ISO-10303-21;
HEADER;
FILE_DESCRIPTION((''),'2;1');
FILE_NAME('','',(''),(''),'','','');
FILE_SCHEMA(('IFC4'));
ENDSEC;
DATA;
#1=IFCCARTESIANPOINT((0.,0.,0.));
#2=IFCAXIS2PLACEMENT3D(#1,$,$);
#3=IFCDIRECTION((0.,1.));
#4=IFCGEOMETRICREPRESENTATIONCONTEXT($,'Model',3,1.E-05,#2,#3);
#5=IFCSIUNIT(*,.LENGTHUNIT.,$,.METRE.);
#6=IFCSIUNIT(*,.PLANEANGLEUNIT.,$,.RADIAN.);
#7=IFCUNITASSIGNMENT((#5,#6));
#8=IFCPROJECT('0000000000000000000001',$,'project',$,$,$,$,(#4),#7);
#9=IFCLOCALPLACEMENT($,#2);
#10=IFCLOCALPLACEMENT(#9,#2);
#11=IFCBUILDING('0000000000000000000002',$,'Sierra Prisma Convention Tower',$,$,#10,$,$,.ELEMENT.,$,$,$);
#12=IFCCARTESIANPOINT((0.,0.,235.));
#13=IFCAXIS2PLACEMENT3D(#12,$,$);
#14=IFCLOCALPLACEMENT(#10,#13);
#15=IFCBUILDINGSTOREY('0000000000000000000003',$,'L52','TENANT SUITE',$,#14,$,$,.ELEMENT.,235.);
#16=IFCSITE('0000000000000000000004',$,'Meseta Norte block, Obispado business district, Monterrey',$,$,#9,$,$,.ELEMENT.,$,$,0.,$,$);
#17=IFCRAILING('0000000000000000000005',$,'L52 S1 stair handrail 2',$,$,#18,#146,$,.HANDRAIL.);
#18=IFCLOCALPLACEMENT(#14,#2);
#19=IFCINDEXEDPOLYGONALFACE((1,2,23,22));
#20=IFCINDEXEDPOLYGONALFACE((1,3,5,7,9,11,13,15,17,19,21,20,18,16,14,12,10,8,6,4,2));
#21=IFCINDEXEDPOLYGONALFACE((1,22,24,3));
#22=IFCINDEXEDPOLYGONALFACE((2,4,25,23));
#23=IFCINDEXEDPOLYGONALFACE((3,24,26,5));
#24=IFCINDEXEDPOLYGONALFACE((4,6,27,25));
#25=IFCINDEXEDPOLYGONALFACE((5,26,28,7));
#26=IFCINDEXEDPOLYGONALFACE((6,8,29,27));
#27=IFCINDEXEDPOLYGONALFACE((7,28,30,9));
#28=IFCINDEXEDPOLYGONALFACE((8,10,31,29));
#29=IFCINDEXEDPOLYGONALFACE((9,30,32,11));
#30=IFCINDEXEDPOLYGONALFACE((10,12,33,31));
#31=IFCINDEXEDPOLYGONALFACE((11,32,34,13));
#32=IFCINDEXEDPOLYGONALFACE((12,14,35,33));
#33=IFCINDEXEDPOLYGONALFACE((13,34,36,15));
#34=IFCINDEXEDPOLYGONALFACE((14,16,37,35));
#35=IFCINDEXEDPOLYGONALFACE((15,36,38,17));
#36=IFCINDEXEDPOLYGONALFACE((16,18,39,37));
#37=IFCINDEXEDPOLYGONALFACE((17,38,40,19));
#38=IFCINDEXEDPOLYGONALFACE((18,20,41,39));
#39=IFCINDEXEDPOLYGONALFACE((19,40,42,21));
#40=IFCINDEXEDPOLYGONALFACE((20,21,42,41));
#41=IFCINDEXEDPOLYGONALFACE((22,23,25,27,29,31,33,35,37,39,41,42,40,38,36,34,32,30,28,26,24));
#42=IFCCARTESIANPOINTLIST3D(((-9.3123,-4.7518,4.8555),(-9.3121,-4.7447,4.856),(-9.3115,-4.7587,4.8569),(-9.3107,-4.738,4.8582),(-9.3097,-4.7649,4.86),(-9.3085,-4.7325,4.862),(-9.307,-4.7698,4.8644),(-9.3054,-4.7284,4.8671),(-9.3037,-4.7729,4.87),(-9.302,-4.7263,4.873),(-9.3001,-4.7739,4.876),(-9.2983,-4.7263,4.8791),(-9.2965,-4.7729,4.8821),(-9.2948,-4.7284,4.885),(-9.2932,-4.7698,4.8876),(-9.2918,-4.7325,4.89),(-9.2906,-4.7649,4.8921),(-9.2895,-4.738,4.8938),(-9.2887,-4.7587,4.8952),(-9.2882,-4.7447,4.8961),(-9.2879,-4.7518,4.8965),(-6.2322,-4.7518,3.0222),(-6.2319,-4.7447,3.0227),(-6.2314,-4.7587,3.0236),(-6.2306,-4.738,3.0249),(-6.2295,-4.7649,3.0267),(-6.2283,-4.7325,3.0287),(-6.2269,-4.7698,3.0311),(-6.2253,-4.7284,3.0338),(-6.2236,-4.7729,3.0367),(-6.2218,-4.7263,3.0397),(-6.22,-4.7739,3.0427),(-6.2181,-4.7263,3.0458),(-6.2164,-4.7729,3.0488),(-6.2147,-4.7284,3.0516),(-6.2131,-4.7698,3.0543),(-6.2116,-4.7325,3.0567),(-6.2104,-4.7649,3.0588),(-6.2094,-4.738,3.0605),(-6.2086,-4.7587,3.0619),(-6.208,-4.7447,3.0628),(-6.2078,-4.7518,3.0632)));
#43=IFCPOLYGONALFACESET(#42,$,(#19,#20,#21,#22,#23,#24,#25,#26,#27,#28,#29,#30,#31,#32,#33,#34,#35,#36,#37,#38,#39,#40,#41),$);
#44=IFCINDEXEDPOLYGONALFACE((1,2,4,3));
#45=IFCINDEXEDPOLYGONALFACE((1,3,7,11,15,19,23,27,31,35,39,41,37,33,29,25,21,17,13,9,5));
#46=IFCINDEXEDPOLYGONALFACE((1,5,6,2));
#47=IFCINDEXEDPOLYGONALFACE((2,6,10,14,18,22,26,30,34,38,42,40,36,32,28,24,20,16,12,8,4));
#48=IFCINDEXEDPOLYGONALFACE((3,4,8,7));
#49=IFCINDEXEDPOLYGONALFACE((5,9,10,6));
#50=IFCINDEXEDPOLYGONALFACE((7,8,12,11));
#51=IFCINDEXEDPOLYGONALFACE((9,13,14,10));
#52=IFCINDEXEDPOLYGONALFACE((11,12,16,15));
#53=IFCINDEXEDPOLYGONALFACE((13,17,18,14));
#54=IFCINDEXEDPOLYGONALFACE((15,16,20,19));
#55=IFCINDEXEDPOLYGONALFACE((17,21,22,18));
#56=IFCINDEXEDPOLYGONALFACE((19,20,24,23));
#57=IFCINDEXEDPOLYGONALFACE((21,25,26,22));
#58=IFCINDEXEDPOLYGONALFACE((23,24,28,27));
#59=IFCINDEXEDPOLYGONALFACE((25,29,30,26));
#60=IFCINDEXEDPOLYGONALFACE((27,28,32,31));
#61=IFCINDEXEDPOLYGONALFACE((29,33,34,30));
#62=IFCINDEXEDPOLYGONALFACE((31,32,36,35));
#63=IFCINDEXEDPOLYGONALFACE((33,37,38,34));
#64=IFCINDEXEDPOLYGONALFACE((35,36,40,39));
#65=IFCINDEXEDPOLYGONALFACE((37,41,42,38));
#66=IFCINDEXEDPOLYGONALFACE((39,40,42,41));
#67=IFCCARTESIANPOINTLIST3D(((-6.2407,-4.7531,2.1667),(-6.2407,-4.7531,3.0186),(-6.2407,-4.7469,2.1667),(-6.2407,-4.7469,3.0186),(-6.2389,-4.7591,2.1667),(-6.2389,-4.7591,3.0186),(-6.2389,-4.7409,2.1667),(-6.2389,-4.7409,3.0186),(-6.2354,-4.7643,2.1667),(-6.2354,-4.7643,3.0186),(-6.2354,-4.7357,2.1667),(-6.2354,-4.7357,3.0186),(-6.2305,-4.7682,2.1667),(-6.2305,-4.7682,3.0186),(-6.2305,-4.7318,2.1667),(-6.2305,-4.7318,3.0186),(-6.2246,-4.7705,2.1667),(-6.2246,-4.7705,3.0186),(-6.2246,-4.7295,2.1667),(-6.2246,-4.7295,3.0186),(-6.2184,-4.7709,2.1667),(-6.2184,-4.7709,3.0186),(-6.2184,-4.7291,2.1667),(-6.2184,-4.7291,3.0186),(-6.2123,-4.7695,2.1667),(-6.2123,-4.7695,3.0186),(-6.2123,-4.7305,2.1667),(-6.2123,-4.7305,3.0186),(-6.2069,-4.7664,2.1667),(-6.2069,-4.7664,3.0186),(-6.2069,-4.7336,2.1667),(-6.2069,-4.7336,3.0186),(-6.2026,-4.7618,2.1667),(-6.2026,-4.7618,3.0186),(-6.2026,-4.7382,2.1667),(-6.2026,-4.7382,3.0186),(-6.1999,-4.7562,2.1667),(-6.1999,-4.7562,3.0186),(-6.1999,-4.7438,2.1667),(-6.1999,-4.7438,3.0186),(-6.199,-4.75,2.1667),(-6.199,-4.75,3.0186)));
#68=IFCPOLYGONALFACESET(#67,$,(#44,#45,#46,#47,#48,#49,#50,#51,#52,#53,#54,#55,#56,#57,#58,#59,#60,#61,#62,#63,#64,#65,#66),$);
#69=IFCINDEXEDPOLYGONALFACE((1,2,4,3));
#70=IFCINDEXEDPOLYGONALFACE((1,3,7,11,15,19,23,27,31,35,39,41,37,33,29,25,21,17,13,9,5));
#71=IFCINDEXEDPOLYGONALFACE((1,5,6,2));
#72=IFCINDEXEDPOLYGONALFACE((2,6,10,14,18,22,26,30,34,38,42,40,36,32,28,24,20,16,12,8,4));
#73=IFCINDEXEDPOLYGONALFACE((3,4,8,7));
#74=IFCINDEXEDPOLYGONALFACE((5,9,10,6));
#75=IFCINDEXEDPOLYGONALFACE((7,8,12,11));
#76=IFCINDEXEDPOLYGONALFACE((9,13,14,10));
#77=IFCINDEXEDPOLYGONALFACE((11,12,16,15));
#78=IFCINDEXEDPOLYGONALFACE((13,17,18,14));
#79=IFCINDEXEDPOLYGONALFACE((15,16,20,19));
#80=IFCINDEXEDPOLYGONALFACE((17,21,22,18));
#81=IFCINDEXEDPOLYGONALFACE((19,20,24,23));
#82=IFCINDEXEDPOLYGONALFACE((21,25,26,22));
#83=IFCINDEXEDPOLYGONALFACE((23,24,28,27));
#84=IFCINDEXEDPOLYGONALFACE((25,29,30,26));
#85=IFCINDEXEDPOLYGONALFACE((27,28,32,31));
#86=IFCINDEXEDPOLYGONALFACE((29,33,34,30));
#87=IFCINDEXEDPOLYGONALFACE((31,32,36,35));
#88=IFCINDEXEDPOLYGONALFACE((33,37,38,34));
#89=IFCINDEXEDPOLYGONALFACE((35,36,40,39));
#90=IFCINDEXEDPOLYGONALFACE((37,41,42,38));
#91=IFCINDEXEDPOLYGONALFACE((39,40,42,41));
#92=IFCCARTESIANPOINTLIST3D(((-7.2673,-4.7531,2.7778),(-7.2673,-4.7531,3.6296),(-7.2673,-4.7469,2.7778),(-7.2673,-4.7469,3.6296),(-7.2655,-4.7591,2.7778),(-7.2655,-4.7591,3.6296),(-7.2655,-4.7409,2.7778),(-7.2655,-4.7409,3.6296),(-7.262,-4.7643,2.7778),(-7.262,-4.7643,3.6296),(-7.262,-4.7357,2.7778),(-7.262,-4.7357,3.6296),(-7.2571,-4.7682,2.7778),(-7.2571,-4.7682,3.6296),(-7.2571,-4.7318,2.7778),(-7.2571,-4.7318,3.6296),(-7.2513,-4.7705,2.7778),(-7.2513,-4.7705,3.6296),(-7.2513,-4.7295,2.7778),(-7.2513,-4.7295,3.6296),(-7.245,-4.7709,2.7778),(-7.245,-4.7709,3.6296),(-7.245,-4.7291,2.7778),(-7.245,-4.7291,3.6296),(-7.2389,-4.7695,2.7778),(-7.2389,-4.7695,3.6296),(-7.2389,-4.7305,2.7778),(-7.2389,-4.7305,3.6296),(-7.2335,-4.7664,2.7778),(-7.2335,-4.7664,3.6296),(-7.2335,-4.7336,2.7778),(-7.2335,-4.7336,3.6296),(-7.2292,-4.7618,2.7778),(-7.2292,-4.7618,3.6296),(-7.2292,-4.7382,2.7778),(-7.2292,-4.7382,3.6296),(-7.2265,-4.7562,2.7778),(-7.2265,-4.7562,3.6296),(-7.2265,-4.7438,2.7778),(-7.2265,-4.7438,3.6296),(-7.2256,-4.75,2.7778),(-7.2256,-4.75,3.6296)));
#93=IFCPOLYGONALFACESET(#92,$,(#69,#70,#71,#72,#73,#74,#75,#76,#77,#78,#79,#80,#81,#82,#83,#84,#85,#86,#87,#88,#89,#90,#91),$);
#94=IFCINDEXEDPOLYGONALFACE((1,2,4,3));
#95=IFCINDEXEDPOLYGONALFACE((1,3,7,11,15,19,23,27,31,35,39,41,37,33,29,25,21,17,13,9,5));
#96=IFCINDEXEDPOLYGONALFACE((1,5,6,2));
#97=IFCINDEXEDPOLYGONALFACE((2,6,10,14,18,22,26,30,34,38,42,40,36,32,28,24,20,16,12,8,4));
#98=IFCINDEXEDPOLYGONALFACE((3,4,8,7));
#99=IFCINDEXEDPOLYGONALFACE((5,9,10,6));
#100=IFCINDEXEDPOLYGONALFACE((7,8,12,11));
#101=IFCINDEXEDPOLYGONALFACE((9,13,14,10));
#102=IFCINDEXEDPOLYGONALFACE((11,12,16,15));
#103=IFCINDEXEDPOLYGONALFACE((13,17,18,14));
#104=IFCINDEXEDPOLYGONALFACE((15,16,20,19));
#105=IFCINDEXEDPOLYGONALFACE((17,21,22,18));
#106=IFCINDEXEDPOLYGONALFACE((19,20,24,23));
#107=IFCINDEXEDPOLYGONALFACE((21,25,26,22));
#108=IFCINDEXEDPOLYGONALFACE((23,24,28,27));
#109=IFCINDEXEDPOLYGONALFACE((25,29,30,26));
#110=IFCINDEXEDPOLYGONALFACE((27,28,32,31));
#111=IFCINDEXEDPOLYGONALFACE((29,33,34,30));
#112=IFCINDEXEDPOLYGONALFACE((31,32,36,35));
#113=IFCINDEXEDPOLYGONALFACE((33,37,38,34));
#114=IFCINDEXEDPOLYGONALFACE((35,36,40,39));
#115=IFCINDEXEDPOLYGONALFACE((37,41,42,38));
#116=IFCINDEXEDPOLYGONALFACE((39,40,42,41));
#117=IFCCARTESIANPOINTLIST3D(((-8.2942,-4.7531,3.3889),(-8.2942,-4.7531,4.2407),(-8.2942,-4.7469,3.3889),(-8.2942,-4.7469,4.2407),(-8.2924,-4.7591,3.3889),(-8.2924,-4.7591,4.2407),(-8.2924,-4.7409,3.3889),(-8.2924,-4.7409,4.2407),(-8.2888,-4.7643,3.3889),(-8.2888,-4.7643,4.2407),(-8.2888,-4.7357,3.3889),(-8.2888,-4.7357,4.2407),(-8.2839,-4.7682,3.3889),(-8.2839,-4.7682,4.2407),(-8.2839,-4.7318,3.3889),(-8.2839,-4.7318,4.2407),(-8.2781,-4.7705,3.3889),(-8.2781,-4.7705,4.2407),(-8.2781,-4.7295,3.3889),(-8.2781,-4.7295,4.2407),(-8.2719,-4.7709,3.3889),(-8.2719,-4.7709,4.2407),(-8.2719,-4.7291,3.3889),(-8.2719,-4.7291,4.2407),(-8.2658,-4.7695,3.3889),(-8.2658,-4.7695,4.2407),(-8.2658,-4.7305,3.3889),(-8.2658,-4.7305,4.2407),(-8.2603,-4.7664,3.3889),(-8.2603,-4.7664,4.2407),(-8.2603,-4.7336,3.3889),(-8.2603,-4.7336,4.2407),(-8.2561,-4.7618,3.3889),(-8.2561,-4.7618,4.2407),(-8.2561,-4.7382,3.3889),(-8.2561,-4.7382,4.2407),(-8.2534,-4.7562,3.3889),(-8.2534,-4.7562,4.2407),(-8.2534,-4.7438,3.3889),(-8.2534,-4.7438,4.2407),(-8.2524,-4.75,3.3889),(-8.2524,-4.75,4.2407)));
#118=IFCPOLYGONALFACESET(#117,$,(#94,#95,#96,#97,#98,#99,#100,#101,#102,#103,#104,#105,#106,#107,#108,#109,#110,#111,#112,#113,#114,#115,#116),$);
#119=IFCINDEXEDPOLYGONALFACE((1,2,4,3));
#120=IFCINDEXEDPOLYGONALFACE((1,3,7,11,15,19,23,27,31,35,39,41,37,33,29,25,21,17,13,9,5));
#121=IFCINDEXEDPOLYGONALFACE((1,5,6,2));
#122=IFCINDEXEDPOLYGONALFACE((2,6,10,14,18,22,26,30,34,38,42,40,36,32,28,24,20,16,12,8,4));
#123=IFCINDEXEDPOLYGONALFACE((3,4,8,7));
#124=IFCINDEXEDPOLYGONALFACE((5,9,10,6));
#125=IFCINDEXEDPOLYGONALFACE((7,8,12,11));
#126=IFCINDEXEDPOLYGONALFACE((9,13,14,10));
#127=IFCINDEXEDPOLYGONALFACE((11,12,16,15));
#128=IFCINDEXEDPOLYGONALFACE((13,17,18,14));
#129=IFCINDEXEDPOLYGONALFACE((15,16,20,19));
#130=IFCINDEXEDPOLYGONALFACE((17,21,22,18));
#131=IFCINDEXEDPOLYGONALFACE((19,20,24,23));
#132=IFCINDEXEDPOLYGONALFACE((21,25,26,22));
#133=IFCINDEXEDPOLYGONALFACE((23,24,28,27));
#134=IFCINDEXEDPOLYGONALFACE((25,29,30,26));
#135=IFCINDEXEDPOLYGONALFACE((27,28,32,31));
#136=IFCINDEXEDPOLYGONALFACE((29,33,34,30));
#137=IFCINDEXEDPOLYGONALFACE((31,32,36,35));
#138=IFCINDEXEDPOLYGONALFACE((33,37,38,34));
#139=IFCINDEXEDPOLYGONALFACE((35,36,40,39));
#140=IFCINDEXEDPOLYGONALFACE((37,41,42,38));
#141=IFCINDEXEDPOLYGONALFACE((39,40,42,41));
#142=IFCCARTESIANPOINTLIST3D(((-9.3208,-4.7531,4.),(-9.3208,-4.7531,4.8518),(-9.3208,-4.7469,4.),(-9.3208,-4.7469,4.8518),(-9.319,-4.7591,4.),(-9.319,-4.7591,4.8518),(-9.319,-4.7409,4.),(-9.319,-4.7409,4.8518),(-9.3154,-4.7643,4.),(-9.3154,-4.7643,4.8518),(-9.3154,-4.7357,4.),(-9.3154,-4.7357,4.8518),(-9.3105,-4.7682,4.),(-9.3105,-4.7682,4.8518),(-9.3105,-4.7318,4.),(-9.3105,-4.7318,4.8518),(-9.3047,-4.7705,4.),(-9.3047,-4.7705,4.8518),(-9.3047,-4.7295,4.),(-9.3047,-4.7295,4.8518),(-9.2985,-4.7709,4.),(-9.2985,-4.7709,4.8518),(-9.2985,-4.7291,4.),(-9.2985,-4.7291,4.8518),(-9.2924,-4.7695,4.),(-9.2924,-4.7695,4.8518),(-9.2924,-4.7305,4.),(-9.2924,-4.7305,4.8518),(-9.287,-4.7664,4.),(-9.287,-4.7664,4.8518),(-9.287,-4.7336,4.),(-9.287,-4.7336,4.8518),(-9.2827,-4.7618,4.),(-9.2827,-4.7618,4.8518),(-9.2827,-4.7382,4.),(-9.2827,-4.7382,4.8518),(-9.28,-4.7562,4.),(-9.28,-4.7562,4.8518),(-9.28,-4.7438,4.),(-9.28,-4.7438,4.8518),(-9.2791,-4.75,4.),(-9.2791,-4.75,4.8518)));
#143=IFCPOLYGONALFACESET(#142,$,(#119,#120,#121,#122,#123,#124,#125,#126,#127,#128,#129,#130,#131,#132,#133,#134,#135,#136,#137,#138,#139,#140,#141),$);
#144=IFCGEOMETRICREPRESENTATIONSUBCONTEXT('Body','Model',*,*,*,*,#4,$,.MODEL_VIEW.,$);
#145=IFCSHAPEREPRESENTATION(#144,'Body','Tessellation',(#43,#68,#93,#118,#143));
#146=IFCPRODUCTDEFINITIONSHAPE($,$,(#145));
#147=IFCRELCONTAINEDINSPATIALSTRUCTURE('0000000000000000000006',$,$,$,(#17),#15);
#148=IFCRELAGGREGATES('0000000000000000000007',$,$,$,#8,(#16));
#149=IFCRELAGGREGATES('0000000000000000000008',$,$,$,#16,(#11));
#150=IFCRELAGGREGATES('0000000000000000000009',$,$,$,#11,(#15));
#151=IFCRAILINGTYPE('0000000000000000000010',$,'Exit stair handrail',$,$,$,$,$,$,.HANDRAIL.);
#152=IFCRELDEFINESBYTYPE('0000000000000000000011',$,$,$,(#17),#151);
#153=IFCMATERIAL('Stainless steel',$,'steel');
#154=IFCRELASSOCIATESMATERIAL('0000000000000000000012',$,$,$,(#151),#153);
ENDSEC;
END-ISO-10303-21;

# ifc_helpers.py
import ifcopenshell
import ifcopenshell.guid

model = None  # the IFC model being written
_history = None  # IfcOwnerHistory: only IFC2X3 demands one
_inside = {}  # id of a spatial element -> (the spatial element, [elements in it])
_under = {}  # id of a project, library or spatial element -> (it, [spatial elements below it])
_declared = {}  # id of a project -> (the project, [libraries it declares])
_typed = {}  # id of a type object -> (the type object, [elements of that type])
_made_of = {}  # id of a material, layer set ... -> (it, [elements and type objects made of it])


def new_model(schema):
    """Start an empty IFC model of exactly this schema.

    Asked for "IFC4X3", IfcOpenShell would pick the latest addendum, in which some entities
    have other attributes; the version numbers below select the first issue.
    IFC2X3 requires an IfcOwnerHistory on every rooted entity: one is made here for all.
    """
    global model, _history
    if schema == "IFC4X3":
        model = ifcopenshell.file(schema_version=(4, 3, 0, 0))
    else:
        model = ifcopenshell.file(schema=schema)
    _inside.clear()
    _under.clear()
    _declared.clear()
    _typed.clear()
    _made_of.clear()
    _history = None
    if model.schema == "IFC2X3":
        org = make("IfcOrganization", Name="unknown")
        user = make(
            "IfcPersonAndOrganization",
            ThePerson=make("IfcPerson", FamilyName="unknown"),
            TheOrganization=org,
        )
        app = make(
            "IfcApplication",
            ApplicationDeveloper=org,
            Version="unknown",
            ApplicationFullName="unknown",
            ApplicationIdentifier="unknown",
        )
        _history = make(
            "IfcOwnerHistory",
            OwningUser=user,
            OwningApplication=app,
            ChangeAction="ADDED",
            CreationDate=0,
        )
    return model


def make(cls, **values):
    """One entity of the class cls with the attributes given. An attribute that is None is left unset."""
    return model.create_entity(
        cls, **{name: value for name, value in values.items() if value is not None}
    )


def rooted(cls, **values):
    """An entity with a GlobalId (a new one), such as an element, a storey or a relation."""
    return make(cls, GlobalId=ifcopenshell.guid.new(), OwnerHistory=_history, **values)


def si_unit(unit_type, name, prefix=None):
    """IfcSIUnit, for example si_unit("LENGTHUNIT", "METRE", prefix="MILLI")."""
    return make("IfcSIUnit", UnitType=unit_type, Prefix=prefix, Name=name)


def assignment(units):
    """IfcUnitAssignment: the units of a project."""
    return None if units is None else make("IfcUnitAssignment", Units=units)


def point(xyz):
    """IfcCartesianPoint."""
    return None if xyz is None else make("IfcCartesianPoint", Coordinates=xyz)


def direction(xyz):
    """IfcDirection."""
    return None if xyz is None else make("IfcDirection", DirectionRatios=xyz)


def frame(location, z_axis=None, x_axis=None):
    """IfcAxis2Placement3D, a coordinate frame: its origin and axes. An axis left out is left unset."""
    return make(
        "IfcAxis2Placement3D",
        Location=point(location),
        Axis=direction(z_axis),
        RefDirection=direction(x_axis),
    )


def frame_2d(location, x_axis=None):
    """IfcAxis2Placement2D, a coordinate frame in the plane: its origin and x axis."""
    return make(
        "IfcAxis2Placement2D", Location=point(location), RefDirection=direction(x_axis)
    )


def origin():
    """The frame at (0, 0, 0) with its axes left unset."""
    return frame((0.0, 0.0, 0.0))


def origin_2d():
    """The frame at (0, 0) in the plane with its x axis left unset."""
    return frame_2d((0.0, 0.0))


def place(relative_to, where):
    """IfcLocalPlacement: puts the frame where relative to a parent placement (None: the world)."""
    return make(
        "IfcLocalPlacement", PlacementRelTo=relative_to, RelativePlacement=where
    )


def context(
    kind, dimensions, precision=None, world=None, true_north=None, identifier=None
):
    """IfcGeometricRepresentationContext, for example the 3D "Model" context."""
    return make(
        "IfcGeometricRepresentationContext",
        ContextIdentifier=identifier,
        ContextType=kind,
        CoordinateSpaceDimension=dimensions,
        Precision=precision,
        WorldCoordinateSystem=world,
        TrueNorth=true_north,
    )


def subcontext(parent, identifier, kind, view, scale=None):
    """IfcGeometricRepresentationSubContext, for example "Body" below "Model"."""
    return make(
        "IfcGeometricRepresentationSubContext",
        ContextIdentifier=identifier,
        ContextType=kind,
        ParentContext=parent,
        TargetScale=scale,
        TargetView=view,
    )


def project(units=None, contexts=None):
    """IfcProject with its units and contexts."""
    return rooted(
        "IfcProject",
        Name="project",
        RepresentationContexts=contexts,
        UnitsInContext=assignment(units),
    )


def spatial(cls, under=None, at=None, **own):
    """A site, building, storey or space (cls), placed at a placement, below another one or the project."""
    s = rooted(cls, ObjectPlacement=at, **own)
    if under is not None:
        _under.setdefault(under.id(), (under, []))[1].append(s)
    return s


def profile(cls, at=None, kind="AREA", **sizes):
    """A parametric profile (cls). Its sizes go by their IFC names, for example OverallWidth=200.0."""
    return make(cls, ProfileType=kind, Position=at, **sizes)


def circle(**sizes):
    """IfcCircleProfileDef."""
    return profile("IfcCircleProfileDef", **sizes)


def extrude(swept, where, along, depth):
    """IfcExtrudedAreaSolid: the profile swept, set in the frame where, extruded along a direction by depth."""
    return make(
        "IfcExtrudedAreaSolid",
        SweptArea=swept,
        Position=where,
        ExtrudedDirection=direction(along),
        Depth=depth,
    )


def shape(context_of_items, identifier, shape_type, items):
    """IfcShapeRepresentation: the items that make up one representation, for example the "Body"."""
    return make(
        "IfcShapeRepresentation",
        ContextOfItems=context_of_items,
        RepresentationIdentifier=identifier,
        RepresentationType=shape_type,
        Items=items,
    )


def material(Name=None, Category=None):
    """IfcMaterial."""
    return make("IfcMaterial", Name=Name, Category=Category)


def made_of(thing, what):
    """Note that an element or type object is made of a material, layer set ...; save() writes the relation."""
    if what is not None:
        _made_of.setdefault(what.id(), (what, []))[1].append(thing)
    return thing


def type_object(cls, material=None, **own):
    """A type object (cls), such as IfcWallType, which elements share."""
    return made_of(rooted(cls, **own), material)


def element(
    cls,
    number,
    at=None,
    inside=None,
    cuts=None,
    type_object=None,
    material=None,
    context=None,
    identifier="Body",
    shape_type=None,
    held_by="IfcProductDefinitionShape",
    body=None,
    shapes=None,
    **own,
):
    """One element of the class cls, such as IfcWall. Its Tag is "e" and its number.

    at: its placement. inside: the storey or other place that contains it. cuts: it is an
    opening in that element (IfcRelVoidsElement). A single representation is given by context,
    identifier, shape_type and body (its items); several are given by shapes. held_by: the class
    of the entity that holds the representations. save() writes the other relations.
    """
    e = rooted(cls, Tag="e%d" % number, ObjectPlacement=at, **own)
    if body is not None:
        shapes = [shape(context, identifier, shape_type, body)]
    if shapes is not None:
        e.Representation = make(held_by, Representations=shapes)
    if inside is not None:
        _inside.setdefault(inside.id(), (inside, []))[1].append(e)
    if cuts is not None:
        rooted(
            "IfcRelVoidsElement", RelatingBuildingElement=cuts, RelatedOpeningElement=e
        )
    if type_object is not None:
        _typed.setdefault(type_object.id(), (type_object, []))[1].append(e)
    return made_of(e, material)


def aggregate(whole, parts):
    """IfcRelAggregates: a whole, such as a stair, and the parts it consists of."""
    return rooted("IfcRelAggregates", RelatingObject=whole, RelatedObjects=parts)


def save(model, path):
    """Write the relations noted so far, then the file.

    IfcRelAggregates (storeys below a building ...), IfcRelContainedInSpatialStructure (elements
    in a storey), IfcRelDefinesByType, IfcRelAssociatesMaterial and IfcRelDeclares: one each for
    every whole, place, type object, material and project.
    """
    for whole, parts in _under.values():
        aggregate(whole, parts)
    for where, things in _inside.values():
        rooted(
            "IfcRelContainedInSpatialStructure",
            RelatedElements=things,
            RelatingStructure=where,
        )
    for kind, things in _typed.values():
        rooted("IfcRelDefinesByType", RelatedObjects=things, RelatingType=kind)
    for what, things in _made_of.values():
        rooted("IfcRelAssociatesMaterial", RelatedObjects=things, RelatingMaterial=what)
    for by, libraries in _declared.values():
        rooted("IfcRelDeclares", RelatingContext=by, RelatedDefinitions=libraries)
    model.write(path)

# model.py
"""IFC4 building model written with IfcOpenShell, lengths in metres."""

from ifc_helpers import new_model, si_unit, direction, frame, origin, origin_2d, place, context, subcontext, project, spatial, circle, extrude, material, type_object, element, save


model = new_model("IFC4")

# Units and contexts
model_context = context("Model", 3, precision=1e-05, world=origin(), true_north=direction((0.0, 1.0)))
body_context = subcontext(model_context, "Body", "Model", "MODEL_VIEW")
ifc_project = project(units=[si_unit("LENGTHUNIT", "METRE"), si_unit("PLANEANGLEUNIT", "RADIAN")], contexts=[model_context])

# Site, building, storey
site_placement = place(None, origin())
site = spatial("IfcSite", under=ifc_project, at=site_placement, Name="Meseta Norte block, Obispado business district, Monterrey", CompositionType="ELEMENT", RefElevation=0.0)
building_placement = place(site_placement, origin())
building = spatial("IfcBuilding", under=site, at=building_placement, Name="Sierra Prisma Convention Tower", CompositionType="ELEMENT")
storey_placement = place(building_placement, frame((0.0, 0.0, 235.0)))
storey = spatial("IfcBuildingStorey", under=building, at=storey_placement, Name="L52", Description="TENANT SUITE", CompositionType="ELEMENT", Elevation=235.0)

# Railing
ifc_material_1 = material(Name="Stainless steel", Category="steel")
railing_type_1 = type_object("IfcRailingType", Name="Exit stair handrail", PredefinedType="HANDRAIL", material=ifc_material_1)
railing_1_placement = place(storey_placement, frame((-6.22, -4.75, 2.1667)))
element("IfcRailing", 1, at=railing_1_placement, inside=storey, type_object=railing_type_1, Name="L52 S1 stair handrail 2", PredefinedType="HANDRAIL", context=body_context, shape_type="SweptSolid", body=[
    extrude(circle(Radius=0.0239, at=origin_2d()), frame((0.0, 0.0, 0.876), z_axis=(-0.859309, 0.0, 0.511458), x_axis=(0.0, -1.0, 0.0)), (0.0, 0.0, 1.0), 3.5845),
    extrude(circle(Radius=0.021, at=origin_2d()), origin(), (0.0, 0.0, 1.0), 0.8518),
    extrude(circle(Radius=0.021, at=origin_2d()), frame((-1.0266, 0.0, 0.6111)), (0.0, 0.0, 1.0), 0.8518),
    extrude(circle(Radius=0.021, at=origin_2d()), frame((-2.0535, 0.0, 1.2222)), (0.0, 0.0, 1.0), 0.8518),
    extrude(circle(Radius=0.021, at=origin_2d()), frame((-3.0801, 0.0, 1.8333)), (0.0, 0.0, 1.0), 0.8518),
])

save(model, "model.ifc")
